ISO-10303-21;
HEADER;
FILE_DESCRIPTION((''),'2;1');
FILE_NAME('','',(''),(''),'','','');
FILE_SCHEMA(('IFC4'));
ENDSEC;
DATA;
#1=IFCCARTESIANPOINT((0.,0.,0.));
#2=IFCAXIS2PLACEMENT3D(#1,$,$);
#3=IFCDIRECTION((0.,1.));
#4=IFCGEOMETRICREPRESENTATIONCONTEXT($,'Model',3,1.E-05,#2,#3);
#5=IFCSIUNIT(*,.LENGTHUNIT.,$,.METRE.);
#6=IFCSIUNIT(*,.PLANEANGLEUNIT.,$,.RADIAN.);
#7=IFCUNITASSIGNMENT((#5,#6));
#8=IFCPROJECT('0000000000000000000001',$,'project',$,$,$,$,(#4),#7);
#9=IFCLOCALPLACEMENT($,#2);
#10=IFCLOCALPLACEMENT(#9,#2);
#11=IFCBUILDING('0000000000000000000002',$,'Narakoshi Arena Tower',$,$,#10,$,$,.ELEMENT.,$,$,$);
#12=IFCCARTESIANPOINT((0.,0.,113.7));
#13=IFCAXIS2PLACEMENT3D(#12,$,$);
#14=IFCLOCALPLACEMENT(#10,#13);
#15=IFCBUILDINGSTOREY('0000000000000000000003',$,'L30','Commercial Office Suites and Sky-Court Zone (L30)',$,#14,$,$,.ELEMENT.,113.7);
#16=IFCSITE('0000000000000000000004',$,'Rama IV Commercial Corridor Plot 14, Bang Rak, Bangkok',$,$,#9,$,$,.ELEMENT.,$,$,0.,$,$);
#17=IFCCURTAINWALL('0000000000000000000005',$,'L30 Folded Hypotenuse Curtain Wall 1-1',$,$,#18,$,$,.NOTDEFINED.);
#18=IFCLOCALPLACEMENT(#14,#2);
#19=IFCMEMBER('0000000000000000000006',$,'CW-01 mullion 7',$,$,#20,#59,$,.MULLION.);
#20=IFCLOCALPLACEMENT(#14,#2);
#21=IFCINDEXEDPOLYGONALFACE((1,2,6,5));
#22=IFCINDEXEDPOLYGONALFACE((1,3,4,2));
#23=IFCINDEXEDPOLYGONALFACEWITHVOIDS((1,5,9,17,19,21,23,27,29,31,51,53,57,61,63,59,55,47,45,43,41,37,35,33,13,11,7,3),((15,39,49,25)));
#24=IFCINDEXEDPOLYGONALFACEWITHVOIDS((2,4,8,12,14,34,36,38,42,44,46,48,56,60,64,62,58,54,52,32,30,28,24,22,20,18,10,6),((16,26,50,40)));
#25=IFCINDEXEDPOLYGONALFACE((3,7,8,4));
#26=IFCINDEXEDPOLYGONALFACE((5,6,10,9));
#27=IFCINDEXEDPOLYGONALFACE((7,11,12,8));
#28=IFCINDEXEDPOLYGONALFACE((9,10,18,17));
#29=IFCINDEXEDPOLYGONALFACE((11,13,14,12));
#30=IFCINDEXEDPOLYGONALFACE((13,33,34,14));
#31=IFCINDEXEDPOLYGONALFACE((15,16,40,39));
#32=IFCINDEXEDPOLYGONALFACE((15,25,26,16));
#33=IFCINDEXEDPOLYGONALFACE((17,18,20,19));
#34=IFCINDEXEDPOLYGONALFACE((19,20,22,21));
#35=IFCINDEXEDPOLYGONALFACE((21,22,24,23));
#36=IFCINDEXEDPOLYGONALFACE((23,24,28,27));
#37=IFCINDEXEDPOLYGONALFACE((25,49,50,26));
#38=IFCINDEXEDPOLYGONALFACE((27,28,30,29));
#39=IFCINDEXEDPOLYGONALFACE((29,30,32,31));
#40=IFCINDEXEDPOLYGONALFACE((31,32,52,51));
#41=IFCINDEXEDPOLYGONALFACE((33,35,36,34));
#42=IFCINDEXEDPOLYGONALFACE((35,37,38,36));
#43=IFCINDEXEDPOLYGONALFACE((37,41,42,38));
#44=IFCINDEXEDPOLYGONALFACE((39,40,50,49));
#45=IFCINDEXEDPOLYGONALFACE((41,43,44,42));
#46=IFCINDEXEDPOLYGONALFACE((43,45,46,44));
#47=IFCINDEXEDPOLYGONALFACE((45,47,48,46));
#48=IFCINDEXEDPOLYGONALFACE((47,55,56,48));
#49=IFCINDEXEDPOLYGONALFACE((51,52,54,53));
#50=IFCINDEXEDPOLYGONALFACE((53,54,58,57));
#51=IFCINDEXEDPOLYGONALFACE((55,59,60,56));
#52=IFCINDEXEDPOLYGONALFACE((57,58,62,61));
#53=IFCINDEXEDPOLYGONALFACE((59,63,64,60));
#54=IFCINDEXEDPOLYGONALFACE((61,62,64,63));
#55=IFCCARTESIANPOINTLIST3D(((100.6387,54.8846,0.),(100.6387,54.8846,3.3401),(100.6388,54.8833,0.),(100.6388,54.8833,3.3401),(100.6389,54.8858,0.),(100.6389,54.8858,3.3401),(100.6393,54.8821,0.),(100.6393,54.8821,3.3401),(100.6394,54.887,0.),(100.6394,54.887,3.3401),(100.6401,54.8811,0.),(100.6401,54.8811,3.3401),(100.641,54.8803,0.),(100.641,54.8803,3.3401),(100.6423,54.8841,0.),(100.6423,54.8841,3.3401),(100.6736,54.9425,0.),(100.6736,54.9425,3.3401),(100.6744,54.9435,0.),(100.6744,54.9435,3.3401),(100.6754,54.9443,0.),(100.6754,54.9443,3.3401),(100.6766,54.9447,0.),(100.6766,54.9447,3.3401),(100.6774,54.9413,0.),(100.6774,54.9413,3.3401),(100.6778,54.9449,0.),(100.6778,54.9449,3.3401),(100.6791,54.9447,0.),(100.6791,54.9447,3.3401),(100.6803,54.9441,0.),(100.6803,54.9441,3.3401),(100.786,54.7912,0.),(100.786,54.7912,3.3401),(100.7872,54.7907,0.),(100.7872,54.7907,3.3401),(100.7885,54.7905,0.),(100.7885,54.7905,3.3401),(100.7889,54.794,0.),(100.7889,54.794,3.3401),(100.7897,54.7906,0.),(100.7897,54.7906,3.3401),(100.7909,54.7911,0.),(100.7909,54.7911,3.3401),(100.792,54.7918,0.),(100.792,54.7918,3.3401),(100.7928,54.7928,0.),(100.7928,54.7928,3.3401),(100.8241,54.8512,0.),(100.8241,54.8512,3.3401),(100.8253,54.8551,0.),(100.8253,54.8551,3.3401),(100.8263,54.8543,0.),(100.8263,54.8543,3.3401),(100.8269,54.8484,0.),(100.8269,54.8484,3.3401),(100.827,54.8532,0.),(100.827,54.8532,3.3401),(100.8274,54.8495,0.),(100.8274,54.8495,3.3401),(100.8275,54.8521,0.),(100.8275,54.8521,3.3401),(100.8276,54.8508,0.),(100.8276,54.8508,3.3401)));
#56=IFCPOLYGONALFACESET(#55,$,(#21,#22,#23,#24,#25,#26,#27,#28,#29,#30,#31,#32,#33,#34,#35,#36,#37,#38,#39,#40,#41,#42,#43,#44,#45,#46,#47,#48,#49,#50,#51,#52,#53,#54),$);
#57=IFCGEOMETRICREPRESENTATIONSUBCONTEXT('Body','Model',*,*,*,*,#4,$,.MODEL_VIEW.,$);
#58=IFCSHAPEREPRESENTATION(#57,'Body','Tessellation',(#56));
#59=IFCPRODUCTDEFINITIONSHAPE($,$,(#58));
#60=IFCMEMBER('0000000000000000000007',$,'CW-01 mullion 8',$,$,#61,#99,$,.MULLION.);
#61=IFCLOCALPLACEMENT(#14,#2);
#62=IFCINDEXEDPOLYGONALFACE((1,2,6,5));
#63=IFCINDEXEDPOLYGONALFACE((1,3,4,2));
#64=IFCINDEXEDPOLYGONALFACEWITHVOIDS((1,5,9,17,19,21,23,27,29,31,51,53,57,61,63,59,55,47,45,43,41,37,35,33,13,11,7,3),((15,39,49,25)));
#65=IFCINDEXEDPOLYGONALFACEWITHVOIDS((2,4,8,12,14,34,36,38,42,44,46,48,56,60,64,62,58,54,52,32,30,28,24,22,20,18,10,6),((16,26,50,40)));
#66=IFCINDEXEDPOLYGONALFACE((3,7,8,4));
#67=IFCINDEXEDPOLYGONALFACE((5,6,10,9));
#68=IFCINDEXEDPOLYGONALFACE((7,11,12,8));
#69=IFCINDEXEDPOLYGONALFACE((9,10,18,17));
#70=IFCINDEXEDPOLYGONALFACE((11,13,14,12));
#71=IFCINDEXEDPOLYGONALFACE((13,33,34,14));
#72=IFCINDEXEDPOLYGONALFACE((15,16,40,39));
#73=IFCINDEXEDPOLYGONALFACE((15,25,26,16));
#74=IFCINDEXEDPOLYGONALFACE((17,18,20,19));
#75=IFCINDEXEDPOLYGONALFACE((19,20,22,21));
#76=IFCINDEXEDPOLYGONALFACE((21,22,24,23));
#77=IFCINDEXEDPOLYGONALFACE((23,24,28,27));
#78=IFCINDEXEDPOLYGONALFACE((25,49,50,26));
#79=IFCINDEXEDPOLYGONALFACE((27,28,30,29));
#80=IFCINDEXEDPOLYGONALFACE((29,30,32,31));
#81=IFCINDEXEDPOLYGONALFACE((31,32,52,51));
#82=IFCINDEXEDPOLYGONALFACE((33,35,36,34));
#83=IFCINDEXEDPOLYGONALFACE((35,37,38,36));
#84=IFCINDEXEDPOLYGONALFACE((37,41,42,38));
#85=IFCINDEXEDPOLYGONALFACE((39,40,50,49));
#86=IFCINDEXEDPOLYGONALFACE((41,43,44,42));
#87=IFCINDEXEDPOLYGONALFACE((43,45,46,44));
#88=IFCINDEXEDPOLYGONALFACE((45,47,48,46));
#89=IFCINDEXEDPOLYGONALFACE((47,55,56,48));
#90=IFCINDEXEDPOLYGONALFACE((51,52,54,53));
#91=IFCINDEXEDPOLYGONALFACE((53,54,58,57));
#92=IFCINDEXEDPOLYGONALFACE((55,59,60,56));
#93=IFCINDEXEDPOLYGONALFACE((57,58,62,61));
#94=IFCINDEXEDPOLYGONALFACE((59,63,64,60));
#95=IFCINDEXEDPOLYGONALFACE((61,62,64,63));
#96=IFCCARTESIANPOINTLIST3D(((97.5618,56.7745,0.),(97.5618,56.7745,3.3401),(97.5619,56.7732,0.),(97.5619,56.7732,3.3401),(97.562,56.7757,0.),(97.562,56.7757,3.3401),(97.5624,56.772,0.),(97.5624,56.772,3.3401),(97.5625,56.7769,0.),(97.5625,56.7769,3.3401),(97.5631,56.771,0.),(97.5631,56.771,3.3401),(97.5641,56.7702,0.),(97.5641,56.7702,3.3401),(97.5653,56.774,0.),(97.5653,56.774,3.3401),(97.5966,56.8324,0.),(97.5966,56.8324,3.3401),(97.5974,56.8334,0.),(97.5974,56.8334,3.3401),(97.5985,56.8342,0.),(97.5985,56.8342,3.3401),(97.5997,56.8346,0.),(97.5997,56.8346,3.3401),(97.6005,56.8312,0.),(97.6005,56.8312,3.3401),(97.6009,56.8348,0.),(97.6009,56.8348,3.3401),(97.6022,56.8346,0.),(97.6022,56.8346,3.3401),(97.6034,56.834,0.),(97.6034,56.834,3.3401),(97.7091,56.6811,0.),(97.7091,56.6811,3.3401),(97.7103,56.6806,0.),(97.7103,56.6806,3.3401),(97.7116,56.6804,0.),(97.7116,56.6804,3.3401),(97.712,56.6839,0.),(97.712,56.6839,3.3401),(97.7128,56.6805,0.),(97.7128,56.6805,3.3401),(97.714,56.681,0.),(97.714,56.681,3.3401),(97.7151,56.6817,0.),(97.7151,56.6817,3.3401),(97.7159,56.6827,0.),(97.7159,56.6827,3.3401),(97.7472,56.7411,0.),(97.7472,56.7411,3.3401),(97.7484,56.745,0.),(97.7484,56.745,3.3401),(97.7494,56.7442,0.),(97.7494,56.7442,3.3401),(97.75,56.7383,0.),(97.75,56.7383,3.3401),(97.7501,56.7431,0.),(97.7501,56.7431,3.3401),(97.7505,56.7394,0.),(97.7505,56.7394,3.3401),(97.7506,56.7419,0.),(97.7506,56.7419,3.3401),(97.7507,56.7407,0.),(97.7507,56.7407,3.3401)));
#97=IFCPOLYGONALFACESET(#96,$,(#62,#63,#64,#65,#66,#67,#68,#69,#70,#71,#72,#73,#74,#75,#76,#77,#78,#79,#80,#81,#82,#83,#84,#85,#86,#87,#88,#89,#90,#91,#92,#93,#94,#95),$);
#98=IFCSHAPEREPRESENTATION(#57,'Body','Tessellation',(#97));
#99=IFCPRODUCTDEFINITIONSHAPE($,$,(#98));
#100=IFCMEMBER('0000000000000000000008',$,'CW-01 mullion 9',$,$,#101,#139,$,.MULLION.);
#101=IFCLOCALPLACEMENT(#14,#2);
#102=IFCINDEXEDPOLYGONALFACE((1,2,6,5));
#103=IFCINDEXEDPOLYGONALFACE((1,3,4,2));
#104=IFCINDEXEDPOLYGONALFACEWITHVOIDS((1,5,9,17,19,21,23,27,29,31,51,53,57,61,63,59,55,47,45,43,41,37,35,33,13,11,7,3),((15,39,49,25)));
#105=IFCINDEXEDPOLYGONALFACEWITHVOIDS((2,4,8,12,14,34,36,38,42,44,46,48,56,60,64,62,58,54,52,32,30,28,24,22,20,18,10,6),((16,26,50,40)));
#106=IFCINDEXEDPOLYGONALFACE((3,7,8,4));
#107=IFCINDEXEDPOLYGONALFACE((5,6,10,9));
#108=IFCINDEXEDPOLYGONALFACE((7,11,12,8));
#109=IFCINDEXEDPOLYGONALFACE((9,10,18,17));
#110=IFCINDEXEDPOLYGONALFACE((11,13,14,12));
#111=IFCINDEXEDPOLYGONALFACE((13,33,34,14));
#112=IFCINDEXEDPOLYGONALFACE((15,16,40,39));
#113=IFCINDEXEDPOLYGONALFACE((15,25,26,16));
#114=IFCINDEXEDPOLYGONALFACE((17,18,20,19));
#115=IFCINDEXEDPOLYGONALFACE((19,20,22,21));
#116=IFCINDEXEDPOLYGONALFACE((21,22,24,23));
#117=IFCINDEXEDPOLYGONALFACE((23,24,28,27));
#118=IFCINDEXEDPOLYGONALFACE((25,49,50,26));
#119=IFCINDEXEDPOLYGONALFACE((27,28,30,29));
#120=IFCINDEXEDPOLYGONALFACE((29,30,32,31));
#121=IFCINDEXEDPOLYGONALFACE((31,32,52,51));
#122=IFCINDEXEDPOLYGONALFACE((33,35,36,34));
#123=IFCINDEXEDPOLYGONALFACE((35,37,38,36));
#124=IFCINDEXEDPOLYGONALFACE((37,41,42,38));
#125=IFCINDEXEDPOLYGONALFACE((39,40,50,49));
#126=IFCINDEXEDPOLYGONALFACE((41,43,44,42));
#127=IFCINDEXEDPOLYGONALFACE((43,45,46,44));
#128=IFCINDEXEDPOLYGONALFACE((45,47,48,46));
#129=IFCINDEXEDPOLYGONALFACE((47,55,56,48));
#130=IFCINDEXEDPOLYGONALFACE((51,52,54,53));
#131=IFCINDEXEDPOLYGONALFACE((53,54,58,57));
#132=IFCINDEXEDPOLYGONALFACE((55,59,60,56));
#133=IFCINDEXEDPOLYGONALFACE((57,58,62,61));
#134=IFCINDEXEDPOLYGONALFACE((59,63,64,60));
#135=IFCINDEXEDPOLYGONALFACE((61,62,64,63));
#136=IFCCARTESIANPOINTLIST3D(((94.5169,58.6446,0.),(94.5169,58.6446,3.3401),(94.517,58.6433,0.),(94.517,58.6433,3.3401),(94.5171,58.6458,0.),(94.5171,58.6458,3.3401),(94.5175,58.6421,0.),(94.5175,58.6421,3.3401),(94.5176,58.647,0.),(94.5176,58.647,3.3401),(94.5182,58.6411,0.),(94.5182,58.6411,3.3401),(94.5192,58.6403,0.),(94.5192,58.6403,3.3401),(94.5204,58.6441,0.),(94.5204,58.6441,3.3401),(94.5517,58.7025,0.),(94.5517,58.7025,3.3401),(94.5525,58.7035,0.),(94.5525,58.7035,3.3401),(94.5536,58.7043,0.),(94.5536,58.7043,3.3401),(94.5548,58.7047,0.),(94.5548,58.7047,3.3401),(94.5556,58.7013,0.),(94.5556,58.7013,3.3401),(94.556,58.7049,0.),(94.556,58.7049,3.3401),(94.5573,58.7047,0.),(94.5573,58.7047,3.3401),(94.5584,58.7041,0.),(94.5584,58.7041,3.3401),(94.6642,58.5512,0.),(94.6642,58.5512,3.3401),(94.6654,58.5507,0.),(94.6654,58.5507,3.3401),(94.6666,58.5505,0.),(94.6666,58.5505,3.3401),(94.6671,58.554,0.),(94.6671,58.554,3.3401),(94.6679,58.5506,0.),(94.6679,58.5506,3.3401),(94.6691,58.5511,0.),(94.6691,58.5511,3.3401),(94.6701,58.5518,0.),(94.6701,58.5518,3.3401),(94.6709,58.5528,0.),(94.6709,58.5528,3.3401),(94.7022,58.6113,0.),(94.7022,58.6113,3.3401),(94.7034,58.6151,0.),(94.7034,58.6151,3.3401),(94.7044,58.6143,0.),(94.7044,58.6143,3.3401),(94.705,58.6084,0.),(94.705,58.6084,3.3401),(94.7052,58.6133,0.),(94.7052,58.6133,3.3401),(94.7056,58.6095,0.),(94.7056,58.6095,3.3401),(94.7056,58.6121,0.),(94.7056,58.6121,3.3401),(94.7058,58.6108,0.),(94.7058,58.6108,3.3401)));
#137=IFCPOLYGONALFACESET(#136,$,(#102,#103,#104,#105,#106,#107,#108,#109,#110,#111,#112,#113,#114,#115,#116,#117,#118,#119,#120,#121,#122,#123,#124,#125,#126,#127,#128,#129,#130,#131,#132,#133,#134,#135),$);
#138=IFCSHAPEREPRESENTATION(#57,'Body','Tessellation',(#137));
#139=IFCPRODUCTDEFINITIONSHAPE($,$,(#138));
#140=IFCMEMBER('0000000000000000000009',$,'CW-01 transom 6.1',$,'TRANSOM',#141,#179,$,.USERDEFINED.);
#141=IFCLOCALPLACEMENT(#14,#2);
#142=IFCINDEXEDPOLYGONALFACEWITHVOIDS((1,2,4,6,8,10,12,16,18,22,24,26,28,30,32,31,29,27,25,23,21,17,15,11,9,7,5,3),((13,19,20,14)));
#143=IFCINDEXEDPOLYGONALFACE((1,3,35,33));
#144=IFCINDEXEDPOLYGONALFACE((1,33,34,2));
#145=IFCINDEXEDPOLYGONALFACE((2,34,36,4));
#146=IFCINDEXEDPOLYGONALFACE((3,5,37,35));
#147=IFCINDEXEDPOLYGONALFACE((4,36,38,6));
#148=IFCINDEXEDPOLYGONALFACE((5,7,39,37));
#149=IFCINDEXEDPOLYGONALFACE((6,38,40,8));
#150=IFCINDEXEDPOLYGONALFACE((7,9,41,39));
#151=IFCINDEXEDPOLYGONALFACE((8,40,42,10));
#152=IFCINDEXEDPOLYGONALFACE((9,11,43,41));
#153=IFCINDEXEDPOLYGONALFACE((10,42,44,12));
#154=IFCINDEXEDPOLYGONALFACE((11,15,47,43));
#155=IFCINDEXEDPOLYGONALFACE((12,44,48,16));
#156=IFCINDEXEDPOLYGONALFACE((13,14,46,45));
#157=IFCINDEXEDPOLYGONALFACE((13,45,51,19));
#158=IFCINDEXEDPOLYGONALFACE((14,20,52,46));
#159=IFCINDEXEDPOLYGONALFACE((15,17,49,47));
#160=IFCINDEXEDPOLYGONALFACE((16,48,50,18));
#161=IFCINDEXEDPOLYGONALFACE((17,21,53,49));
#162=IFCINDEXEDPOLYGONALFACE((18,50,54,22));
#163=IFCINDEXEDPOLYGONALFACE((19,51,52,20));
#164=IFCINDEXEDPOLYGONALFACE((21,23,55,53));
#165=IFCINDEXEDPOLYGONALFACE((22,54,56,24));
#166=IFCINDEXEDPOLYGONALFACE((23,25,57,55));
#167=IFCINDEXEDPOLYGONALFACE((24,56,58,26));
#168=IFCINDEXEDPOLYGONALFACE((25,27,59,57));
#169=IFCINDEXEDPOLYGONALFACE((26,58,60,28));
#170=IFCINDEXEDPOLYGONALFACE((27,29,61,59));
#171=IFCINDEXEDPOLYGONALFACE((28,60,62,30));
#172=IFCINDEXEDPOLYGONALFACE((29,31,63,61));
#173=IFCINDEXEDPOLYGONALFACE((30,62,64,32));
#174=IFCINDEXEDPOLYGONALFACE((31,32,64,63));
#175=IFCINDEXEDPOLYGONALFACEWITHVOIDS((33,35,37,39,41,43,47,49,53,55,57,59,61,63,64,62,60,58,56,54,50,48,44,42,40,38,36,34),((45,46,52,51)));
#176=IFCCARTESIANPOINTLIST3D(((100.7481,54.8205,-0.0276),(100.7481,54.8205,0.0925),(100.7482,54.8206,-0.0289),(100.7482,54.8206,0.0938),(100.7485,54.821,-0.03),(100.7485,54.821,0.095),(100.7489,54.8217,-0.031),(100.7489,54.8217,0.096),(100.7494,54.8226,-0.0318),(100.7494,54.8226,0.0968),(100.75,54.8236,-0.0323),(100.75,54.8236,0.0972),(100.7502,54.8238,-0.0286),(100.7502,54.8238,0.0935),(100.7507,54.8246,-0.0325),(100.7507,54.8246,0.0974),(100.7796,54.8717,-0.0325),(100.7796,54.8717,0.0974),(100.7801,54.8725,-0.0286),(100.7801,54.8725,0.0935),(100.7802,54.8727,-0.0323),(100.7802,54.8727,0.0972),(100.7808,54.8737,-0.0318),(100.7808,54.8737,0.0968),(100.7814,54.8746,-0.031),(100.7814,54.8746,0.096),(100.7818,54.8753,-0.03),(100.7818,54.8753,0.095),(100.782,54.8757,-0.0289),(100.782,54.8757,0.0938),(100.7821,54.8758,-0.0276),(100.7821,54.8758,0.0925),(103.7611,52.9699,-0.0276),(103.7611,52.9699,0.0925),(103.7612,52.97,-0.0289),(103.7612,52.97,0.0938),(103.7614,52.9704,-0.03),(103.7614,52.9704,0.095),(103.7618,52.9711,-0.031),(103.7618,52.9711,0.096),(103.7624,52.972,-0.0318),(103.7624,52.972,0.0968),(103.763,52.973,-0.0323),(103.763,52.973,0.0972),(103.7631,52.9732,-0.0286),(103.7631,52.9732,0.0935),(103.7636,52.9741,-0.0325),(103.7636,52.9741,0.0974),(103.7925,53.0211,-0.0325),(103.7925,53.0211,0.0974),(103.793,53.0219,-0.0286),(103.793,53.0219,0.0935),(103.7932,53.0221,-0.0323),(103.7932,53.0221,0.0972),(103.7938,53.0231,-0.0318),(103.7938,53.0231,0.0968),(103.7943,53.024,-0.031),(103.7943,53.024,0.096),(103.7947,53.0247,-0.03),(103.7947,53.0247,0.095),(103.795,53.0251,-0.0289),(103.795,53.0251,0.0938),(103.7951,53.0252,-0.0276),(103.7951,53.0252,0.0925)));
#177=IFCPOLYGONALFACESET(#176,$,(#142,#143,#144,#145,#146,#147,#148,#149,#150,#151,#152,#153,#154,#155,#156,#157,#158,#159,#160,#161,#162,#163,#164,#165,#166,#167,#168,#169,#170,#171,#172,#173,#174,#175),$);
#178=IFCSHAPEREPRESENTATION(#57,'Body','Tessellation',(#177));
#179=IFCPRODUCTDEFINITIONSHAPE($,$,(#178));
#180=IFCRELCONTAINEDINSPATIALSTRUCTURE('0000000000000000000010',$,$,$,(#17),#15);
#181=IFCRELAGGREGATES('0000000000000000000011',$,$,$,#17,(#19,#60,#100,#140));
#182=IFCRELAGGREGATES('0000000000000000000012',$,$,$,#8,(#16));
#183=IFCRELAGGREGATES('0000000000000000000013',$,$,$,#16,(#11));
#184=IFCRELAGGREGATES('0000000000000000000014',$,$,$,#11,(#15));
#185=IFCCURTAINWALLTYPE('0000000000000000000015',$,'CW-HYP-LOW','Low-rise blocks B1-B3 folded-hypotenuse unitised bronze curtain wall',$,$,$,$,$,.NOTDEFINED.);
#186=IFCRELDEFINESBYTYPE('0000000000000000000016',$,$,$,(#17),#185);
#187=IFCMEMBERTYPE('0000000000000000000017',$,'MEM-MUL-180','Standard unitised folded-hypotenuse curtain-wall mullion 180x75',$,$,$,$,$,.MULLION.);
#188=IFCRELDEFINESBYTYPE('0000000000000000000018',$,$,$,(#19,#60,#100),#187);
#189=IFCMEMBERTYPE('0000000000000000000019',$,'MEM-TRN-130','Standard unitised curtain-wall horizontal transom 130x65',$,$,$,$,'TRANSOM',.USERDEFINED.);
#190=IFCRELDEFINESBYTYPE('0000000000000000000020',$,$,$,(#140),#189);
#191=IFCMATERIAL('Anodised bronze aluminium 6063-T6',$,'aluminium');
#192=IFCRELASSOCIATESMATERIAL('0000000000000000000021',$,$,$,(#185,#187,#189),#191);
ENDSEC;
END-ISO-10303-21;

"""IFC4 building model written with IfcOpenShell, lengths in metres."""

from ifc_helpers import new_model, si_unit, direction, frame, origin, origin_2d, place, context, subcontext, project, spatial, hollow_rectangle, extrude, material, material_profile, profile_set, type_object, element, aggregate, save


model = new_model("IFC4")

# Units and contexts
model_context = context("Model", 3, precision=1e-05, world=origin(), true_north=direction((0.0, 1.0)))
body_context = subcontext(model_context, "Body", "Model", "MODEL_VIEW")
ifc_project = project(units=[si_unit("LENGTHUNIT", "METRE"), si_unit("PLANEANGLEUNIT", "RADIAN")], contexts=[model_context])

# Site, building, storey
site_placement = place(None, origin())
site = spatial("IfcSite", under=ifc_project, at=site_placement, Name="Rama IV Commercial Corridor Plot 14, Bang Rak, Bangkok", CompositionType="ELEMENT", RefElevation=0.0)
building_placement = place(site_placement, origin())
building = spatial("IfcBuilding", under=site, at=building_placement, Name="Narakoshi Arena Tower", CompositionType="ELEMENT")
storey_placement = place(building_placement, frame((0.0, 0.0, 113.7)))
storey = spatial("IfcBuildingStorey", under=building, at=storey_placement, Name="L30", Description="Commercial Office Suites and Sky-Court Zone (L30)", CompositionType="ELEMENT", Elevation=113.7)

# Curtain wall, members
ifc_material_1 = material(Name="Anodised bronze aluminium 6063-T6", Category="aluminium")
curtain_wall_type = type_object("IfcCurtainWallType", Name="CW-HYP-LOW", Description="Low-rise blocks B1-B3 folded-hypotenuse unitised bronze curtain wall", PredefinedType="NOTDEFINED", material=ifc_material_1)
curtain_wall_placement = place(storey_placement, origin())
curtain_wall = element("IfcCurtainWall", 1, at=curtain_wall_placement, inside=storey, type_object=curtain_wall_type, Name="L30 Folded Hypotenuse Curtain Wall 1-1", PredefinedType="NOTDEFINED")
ifc_material_profile_1 = material_profile(ifc_material_1, hollow_rectangle(XDim=0.075, YDim=0.1799, WallThickness=0.0039, OuterFilletRadius=0.0049, at=origin_2d()), Name="MUL180x75x4")
ifc_profile_set_1 = profile_set([ifc_material_profile_1], Name="Anodised bronze aluminium 6063-T6")
member_type_1 = type_object("IfcMemberType", Name="MEM-MUL-180", Description="Standard unitised folded-hypotenuse curtain-wall mullion 180x75", PredefinedType="MULLION", material=ifc_profile_set_1)
member_1_placement = place(storey_placement, frame((100.7332, 54.8677, 0.0), z_axis=(0.0, 0.0, 1.0), x_axis=(-0.523358, -0.852113, 0.0)))
member_1 = element("IfcMember", 2, at=member_1_placement, type_object=member_type_1, Name="CW-01 mullion 7", PredefinedType="MULLION", context=body_context, shape_type="SweptSolid", body=[
    extrude(hollow_rectangle(XDim=0.075, YDim=0.1799, WallThickness=0.0039, OuterFilletRadius=0.0049, at=origin_2d()), origin(), (0.0, 0.0, 1.0), 3.3401),
])
member_2_placement = place(storey_placement, frame((97.6562, 56.7576, 0.0), z_axis=(0.0, 0.0, 1.0), x_axis=(-0.523358, -0.852113, 0.0)))
member_2 = element("IfcMember", 3, at=member_2_placement, type_object=member_type_1, Name="CW-01 mullion 8", PredefinedType="MULLION", context=body_context, shape_type="SweptSolid", body=[
    extrude(hollow_rectangle(XDim=0.075, YDim=0.1799, WallThickness=0.0039, OuterFilletRadius=0.0049, at=origin_2d()), origin(), (0.0, 0.0, 1.0), 3.3401),
])
member_3_placement = place(storey_placement, frame((94.6113, 58.6277, 0.0), z_axis=(0.0, 0.0, 1.0), x_axis=(-0.523358, -0.852113, 0.0)))
member_3 = element("IfcMember", 4, at=member_3_placement, type_object=member_type_1, Name="CW-01 mullion 9", PredefinedType="MULLION", context=body_context, shape_type="SweptSolid", body=[
    extrude(hollow_rectangle(XDim=0.075, YDim=0.1799, WallThickness=0.0039, OuterFilletRadius=0.0049, at=origin_2d()), origin(), (0.0, 0.0, 1.0), 3.3401),
])
ifc_material_profile_2 = material_profile(ifc_material_1, hollow_rectangle(XDim=0.0649, YDim=0.1299, WallThickness=0.0039, OuterFilletRadius=0.0049, at=origin_2d()), Name="TRN130x65x4")
ifc_profile_set_2 = profile_set([ifc_material_profile_2], Name="Anodised bronze aluminium 6063-T6")
member_type_2 = type_object("IfcMemberType", Name="MEM-TRN-130", Description="Standard unitised curtain-wall horizontal transom 130x65", ElementType="TRANSOM", PredefinedType="USERDEFINED", material=ifc_profile_set_2)
member_4_placement = place(storey_placement, frame((103.7781, 52.9976, 0.0325), z_axis=(-0.852104, 0.523373, 0.0), x_axis=(-0.523373, -0.852104, 0.0)))
member_4 = element("IfcMember", 5, at=member_4_placement, type_object=member_type_2, Name="CW-01 transom 6.1", ObjectType="TRANSOM", PredefinedType="USERDEFINED", context=body_context, shape_type="SweptSolid", body=[
    extrude(hollow_rectangle(XDim=0.0649, YDim=0.1299, WallThickness=0.0039, OuterFilletRadius=0.0049, at=origin_2d()), origin(), (0.0, 0.0, 1.0), 3.5359),
])
aggregate(curtain_wall, [member_1, member_2, member_3, member_4])

save(model, "model.ifc")
